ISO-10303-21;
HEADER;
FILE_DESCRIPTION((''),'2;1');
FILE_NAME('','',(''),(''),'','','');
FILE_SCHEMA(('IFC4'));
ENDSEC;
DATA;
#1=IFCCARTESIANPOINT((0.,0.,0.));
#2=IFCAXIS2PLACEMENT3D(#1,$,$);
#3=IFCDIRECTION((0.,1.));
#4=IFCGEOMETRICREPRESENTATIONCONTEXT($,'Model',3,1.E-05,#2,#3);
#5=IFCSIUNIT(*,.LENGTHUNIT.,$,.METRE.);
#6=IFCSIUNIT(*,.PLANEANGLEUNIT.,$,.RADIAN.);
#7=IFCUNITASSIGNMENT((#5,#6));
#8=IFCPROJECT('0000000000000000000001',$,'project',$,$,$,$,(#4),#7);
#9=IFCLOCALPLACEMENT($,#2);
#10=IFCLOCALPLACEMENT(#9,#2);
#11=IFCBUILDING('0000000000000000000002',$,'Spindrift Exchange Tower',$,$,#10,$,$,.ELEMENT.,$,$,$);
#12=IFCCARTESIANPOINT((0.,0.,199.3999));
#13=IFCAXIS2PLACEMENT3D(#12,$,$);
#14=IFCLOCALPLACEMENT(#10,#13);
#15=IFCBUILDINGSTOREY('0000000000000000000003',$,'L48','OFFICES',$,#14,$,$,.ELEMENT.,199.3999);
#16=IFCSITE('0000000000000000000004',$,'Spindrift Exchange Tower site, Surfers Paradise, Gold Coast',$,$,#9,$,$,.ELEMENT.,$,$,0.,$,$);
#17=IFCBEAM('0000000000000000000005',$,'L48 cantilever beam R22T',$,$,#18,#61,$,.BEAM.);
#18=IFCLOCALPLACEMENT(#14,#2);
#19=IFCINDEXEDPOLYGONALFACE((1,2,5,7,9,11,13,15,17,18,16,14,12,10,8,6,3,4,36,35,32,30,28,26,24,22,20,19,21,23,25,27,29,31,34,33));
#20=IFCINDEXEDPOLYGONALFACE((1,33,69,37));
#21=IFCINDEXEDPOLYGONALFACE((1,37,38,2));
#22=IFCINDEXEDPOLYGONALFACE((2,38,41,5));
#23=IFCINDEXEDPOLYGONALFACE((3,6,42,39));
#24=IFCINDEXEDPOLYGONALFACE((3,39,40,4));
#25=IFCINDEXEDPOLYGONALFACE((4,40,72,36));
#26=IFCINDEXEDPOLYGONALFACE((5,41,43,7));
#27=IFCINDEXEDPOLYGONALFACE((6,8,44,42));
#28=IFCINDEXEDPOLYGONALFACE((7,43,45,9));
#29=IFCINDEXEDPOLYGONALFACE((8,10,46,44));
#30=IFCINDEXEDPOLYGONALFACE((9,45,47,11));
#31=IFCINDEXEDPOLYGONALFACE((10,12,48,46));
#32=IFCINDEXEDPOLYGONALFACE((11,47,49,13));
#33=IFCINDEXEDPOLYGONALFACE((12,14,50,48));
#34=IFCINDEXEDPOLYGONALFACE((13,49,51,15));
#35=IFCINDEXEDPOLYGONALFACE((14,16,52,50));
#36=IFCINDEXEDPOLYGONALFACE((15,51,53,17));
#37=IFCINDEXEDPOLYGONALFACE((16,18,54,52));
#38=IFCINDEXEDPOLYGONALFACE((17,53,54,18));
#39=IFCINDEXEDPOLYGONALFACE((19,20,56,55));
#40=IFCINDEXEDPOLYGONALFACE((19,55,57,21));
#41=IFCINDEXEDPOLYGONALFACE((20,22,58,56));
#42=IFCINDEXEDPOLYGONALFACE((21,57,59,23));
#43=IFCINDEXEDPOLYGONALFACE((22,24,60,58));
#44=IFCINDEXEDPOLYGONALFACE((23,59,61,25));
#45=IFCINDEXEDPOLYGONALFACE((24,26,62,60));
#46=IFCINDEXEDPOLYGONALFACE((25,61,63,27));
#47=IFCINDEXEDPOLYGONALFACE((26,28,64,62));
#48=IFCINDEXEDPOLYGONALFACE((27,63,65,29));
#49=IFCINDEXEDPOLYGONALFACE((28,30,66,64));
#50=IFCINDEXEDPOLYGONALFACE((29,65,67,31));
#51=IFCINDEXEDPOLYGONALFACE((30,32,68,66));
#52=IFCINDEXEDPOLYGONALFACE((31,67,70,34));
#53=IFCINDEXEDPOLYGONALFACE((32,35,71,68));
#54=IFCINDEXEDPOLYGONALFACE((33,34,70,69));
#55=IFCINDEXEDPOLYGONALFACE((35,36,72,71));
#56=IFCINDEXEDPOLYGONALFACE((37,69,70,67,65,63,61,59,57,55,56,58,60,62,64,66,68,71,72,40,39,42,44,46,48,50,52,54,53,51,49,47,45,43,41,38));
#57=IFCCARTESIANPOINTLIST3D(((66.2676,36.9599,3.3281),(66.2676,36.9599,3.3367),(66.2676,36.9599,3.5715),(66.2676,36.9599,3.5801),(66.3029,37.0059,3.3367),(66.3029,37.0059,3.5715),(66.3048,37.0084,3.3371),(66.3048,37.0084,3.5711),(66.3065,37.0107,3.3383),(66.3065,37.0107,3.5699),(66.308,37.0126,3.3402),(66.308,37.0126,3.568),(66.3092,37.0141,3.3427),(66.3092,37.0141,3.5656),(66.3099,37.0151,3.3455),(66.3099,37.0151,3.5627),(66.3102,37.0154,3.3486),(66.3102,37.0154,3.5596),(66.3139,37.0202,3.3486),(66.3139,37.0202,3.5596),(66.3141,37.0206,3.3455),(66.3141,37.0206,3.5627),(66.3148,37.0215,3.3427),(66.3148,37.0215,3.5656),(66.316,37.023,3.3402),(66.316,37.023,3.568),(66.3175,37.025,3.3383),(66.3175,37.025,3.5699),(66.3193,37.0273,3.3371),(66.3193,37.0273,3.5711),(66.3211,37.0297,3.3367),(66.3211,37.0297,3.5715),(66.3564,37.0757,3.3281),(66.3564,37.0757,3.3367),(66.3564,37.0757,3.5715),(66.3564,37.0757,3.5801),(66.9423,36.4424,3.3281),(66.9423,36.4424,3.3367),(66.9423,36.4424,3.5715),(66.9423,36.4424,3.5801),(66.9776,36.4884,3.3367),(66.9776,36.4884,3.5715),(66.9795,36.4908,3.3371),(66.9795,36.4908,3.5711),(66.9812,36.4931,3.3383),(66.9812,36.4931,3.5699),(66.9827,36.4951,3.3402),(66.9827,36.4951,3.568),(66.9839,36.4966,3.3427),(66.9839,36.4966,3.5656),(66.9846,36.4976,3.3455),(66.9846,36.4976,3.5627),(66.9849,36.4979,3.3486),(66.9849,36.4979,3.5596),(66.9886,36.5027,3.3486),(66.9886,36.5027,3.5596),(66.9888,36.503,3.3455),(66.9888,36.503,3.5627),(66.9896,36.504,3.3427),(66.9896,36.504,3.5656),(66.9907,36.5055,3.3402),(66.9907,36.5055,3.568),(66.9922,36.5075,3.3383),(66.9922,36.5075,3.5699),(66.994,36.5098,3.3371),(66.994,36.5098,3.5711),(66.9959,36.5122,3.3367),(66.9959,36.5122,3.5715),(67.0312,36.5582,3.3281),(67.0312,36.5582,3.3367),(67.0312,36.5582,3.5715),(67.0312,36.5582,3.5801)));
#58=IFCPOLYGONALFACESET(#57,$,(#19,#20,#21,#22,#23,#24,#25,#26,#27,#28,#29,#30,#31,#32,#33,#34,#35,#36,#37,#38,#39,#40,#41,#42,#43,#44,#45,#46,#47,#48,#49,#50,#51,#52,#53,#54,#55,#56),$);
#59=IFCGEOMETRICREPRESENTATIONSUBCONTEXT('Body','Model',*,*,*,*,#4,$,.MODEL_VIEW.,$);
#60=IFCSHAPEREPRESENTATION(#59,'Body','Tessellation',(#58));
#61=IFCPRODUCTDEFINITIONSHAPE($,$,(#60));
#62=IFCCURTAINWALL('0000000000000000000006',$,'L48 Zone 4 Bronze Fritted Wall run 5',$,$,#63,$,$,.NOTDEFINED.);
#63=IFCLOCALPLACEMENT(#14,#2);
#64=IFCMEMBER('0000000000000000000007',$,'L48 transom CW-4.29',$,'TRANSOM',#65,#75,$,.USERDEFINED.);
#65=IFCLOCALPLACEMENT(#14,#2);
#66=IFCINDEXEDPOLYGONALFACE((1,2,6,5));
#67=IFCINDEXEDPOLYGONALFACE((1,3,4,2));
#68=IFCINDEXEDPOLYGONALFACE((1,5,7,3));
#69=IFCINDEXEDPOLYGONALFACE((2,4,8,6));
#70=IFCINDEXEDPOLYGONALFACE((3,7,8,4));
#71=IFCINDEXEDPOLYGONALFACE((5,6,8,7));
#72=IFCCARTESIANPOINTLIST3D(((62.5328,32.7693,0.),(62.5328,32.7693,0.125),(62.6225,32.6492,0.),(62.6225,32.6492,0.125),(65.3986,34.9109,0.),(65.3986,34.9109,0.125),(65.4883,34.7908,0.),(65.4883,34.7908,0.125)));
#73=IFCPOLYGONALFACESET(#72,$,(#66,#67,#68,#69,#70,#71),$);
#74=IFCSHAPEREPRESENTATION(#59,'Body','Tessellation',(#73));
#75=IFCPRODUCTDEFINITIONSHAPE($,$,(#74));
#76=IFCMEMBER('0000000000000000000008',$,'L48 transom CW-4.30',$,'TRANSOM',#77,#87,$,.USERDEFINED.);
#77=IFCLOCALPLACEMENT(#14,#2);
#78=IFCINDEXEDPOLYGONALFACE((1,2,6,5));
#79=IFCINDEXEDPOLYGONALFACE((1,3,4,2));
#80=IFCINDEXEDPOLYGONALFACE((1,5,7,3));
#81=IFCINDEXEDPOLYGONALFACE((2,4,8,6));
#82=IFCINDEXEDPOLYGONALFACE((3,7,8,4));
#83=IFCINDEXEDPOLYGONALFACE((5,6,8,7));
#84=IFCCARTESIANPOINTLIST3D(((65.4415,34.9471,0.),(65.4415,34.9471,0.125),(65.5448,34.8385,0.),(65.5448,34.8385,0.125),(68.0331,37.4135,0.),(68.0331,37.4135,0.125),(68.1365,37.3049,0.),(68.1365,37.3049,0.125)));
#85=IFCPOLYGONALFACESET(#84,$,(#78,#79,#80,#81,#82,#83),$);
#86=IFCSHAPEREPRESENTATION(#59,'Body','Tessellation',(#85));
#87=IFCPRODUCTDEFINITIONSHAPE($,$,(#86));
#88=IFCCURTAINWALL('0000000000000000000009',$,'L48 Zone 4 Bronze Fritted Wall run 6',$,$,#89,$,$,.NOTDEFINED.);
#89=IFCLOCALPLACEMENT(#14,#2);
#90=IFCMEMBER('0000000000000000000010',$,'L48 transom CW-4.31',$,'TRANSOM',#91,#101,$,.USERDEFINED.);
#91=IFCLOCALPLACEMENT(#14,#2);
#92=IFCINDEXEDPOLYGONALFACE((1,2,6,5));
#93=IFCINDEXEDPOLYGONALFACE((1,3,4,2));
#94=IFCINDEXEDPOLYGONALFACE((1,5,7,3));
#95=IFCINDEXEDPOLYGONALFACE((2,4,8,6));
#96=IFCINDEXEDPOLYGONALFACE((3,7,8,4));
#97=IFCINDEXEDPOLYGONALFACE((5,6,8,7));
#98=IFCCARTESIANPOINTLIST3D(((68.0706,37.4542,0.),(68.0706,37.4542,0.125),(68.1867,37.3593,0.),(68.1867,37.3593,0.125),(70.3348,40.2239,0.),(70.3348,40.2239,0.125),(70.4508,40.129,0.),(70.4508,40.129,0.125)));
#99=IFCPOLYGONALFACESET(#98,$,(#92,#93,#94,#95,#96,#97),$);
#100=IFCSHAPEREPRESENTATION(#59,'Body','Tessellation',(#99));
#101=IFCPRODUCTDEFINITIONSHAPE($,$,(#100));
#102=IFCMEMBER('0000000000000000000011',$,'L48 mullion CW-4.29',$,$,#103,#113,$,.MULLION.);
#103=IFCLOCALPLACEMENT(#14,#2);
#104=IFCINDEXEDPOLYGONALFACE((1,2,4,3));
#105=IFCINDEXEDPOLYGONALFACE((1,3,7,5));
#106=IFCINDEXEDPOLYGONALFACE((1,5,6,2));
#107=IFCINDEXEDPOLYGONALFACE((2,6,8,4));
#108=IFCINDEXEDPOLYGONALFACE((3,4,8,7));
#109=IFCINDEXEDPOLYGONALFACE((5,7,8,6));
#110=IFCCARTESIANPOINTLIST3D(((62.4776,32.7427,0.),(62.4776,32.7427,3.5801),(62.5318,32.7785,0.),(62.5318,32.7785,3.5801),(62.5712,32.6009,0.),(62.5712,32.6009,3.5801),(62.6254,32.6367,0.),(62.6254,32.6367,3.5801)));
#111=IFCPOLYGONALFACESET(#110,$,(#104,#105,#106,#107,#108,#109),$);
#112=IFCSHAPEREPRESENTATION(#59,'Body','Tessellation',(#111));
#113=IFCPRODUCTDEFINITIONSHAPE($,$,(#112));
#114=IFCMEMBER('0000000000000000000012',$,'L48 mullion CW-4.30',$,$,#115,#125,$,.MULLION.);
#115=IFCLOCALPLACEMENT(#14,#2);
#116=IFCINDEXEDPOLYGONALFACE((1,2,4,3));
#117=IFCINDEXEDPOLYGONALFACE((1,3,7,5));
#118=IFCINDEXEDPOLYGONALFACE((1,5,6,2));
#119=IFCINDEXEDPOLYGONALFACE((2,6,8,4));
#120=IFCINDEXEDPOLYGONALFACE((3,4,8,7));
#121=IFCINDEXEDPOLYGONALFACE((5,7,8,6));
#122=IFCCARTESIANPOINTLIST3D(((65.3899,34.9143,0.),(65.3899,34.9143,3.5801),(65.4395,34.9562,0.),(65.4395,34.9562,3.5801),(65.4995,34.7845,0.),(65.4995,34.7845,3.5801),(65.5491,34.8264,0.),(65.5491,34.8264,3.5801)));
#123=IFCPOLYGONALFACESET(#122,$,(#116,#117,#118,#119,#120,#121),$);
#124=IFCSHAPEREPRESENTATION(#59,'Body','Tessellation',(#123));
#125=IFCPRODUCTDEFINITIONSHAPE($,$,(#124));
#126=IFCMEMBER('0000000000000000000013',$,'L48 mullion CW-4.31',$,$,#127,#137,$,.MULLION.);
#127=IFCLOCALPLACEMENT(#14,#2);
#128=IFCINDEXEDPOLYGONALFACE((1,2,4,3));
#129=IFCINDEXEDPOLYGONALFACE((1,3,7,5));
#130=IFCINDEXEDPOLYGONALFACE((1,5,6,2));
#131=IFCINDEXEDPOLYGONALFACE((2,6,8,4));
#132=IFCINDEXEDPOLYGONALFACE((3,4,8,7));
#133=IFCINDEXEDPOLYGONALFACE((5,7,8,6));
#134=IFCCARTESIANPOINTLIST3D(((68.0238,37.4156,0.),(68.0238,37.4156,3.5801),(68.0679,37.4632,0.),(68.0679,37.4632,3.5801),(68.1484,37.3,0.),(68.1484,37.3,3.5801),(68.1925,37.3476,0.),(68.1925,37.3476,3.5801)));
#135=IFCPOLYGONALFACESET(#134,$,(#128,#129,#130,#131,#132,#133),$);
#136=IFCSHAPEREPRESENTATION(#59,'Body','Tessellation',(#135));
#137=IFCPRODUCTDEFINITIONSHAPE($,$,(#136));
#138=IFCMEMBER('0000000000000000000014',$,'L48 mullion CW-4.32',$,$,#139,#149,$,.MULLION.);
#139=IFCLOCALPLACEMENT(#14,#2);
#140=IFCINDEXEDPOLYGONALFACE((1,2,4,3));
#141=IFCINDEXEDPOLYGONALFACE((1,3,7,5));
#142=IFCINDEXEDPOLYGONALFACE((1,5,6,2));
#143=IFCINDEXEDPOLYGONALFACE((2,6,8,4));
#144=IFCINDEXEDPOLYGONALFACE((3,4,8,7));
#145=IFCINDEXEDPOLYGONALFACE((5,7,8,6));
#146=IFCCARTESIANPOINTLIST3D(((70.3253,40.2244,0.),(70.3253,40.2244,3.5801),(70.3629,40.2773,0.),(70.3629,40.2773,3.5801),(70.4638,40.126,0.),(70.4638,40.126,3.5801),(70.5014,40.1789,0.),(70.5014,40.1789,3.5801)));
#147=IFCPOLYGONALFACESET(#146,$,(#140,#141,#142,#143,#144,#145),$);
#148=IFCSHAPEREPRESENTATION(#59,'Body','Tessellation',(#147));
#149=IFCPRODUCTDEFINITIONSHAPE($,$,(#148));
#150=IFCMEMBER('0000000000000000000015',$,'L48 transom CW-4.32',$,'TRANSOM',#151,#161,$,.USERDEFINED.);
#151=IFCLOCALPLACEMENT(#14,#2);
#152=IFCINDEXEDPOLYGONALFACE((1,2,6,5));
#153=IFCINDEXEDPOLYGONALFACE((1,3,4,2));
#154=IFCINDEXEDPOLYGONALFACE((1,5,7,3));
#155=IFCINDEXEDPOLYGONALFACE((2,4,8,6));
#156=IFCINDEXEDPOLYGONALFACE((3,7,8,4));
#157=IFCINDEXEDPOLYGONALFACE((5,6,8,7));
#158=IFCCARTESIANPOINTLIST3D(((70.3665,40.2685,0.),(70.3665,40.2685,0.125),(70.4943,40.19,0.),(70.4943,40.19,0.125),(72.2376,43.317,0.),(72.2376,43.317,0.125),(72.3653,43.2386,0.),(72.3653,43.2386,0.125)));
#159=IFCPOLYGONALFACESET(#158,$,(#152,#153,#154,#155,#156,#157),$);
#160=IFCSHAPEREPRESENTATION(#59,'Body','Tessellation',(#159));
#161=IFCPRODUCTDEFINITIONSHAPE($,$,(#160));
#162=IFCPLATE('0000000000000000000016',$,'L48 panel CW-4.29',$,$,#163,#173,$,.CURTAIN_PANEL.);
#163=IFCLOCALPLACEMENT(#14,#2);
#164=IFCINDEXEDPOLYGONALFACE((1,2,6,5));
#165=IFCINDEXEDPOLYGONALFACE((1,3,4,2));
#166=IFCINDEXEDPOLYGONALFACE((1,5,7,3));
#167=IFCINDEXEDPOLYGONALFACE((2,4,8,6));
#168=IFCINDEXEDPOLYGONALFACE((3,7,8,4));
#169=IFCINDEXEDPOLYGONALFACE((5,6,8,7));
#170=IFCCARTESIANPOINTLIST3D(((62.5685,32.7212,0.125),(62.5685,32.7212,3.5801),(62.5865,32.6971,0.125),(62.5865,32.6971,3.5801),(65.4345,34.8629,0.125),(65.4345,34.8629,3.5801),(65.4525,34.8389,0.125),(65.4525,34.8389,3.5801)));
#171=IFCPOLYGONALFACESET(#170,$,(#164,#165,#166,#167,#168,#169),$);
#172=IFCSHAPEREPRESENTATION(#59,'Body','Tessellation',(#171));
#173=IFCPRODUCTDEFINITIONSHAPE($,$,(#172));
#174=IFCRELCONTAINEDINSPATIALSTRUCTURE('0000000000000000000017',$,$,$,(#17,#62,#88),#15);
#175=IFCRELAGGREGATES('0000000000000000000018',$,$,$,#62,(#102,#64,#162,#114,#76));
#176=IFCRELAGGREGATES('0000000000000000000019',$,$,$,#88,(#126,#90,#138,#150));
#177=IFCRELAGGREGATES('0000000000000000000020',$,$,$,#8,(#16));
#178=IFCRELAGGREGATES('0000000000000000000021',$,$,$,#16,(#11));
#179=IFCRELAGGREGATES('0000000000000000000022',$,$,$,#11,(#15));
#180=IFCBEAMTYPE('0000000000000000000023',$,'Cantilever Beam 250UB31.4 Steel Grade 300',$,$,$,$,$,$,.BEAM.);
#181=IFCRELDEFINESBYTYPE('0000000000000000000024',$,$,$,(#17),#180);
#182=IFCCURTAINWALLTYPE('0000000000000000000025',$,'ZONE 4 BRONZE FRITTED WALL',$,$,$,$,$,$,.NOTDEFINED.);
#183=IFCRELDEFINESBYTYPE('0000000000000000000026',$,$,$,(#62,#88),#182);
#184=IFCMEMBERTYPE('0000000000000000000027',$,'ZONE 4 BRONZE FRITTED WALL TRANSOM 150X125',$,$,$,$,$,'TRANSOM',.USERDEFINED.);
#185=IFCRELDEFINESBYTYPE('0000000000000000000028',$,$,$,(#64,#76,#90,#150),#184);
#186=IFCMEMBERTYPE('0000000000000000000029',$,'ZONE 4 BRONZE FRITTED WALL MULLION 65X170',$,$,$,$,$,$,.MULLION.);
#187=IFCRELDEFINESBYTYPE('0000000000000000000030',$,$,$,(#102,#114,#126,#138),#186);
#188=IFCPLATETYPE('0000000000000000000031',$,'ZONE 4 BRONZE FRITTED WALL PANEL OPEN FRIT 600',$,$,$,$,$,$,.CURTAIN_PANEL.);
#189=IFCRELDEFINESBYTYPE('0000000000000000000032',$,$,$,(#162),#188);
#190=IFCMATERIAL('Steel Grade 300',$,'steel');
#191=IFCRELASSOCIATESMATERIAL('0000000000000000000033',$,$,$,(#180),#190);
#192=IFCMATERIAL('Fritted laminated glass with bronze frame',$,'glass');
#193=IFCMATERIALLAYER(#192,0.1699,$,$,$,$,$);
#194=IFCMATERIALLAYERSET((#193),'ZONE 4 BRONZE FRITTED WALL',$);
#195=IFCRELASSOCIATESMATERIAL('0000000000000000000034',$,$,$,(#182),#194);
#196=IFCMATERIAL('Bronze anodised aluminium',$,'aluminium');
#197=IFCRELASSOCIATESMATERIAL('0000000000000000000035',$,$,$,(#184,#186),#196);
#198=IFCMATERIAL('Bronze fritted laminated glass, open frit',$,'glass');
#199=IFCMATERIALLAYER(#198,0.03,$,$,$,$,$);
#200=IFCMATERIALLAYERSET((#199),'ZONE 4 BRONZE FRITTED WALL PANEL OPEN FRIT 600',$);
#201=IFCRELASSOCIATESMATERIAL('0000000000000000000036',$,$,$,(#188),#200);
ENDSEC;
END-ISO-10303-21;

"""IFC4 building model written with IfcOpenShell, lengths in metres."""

from ifc_helpers import new_model, si_unit, direction, frame, origin, origin_2d, place, context, subcontext, project, spatial, rectangle, i_section, extrude, source, transform, mapped, material, layer, layer_set, material_profile, profile_set, type_object, element, aggregate, save


model = new_model("IFC4")

# Units and contexts
model_context = context("Model", 3, precision=1e-05, world=origin(), true_north=direction((0.0, 1.0)))
body_context = subcontext(model_context, "Body", "Model", "MODEL_VIEW")
ifc_project = project(units=[si_unit("LENGTHUNIT", "METRE"), si_unit("PLANEANGLEUNIT", "RADIAN")], contexts=[model_context])

# Site, building, storey
site_placement = place(None, origin())
site = spatial("IfcSite", under=ifc_project, at=site_placement, Name="Spindrift Exchange Tower site, Surfers Paradise, Gold Coast", CompositionType="ELEMENT", RefElevation=0.0)
building_placement = place(site_placement, origin())
building = spatial("IfcBuilding", under=site, at=building_placement, Name="Spindrift Exchange Tower", CompositionType="ELEMENT")
storey_placement = place(building_placement, frame((0.0, 0.0, 199.3999)))
storey = spatial("IfcBuildingStorey", under=building, at=storey_placement, Name="L48", Description="OFFICES", CompositionType="ELEMENT", Elevation=199.3999)

# Beam
ifc_material_1 = material(Name="Steel Grade 300", Category="steel")
ifc_material_profile_1 = material_profile(ifc_material_1, i_section(OverallWidth=0.146, OverallDepth=0.252, WebThickness=0.0061, FlangeThickness=0.0085, FilletRadius=0.012, at=origin_2d()), Name="250UB31.4")
ifc_profile_set_1 = profile_set([ifc_material_profile_1], Name="Steel Grade 300")
beam_type_1 = type_object("IfcBeamType", Name="Cantilever Beam 250UB31.4 Steel Grade 300", PredefinedType="BEAM", material=ifc_profile_set_1)
shared_shape_1 = source(origin(), body_context, "Body", "SweptSolid", [
    extrude(i_section(OverallWidth=0.146, OverallDepth=0.252, WebThickness=0.0061, FlangeThickness=0.0085, FilletRadius=0.012, at=origin_2d()), origin(), (0.0, 0.0, 1.0), 0.8503),
])
beam_1_placement = place(storey_placement, frame((66.312, 37.0178, 3.4541), z_axis=(0.793477, -0.6086, 0.0), x_axis=(0.6086, 0.793477, 0.0)))
element("IfcBeam", 1, at=beam_1_placement, inside=storey, type_object=beam_type_1, Name="L48 cantilever beam R22T", PredefinedType="BEAM", context=body_context, shape_type="MappedRepresentation", body=[
    mapped(shared_shape_1, transform((0.0, 0.0, 0.0), scale=1.0)),
])

# Curtain wall, members
ifc_material_2 = material(Name="Fritted laminated glass with bronze frame", Category="glass")
ifc_layer_1 = layer(ifc_material_2, 0.1699)
ifc_layer_set_1 = layer_set([ifc_layer_1], Name="ZONE 4 BRONZE FRITTED WALL")
curtain_wall_type = type_object("IfcCurtainWallType", Name="ZONE 4 BRONZE FRITTED WALL", PredefinedType="NOTDEFINED", material=ifc_layer_set_1)
curtain_wall_1_placement = place(storey_placement, origin())
curtain_wall_1 = element("IfcCurtainWall", 2, at=curtain_wall_1_placement, inside=storey, type_object=curtain_wall_type, Name="L48 Zone 4 Bronze Fritted Wall run 5", PredefinedType="NOTDEFINED")
ifc_material_3 = material(Name="Bronze anodised aluminium", Category="aluminium")
ifc_material_profile_2 = material_profile(ifc_material_3, rectangle(XDim=0.1499, YDim=0.125, at=origin_2d()), Name="ZONE 4 BRONZE FRITTED WALL TRANSOM 150X125")
ifc_profile_set_2 = profile_set([ifc_material_profile_2], Name="Bronze anodised aluminium")
member_type_1 = type_object("IfcMemberType", Name="ZONE 4 BRONZE FRITTED WALL TRANSOM 150X125", ElementType="TRANSOM", PredefinedType="USERDEFINED", material=ifc_profile_set_2)
shared_shape_2 = source(origin(), body_context, "Body", "SweptSolid", [
    extrude(rectangle(XDim=0.1499, YDim=0.125, at=origin_2d()), origin(), (0.0, 0.0, 1.0), 3.5776),
])
member_1_placement = place(storey_placement, frame((62.5776, 32.7092, 0.0625), z_axis=(0.801031, 0.598623, 0.0), x_axis=(-0.598623, 0.801031, 0.0)))
member_1 = element("IfcMember", 3, at=member_1_placement, type_object=member_type_1, Name="L48 transom CW-4.29", ObjectType="TRANSOM", PredefinedType="USERDEFINED", context=body_context, shape_type="MappedRepresentation", body=[
    mapped(shared_shape_2, transform((0.0, 0.0, 0.0), scale=1.0)),
])
member_2_placement = place(storey_placement, frame((65.4932, 34.8928, 0.0625), z_axis=(0.724394, 0.689386, 0.0), x_axis=(-0.689386, 0.724394, 0.0)))
member_2 = element("IfcMember", 4, at=member_2_placement, type_object=member_type_1, Name="L48 transom CW-4.30", ObjectType="TRANSOM", PredefinedType="USERDEFINED", context=body_context, shape_type="MappedRepresentation", body=[
    mapped(shared_shape_2, transform((0.0, 0.0, 0.0), scale=1.0)),
])

# Curtain wall, member
curtain_wall_2_placement = place(storey_placement, origin())
curtain_wall_2 = element("IfcCurtainWall", 5, at=curtain_wall_2_placement, inside=storey, type_object=curtain_wall_type, Name="L48 Zone 4 Bronze Fritted Wall run 6", PredefinedType="NOTDEFINED")
shared_shape_3 = source(origin(), body_context, "Body", "SweptSolid", [
    extrude(rectangle(XDim=0.1499, YDim=0.125, at=origin_2d()), origin(), (0.0, 0.0, 1.0), 3.5774),
])
member_3_placement = place(storey_placement, frame((68.1287, 37.4067, 0.0625), z_axis=(0.6329, 0.774234, 0.0), x_axis=(-0.774234, 0.6329, 0.0)))
member_3 = element("IfcMember", 6, at=member_3_placement, type_object=member_type_1, Name="L48 transom CW-4.31", ObjectType="TRANSOM", PredefinedType="USERDEFINED", context=body_context, shape_type="MappedRepresentation", body=[
    mapped(shared_shape_3, transform((0.0, 0.0, 0.0), scale=1.0)),
])

# Members
ifc_material_profile_3 = material_profile(ifc_material_3, rectangle(XDim=0.0649, YDim=0.1699, at=origin_2d()), Name="ZONE 4 BRONZE FRITTED WALL MULLION 65X170")
ifc_profile_set_3 = profile_set([ifc_material_profile_3], Name="Bronze anodised aluminium")
member_type_2 = type_object("IfcMemberType", Name="ZONE 4 BRONZE FRITTED WALL MULLION 65X170", PredefinedType="MULLION", material=ifc_profile_set_3)
shared_shape_4 = source(origin(), body_context, "Body", "SweptSolid", [
    extrude(rectangle(XDim=0.0649, YDim=0.1699, at=origin_2d()), origin(), (0.0, 0.0, 1.0), 3.5801),
])
member_4_placement = place(storey_placement, frame((62.5515, 32.6897, 0.0), z_axis=(0.0, 0.0, 1.0), x_axis=(0.834504, 0.551002, 0.0)))
member_4 = element("IfcMember", 7, at=member_4_placement, type_object=member_type_2, Name="L48 mullion CW-4.29", PredefinedType="MULLION", context=body_context, shape_type="MappedRepresentation", body=[
    mapped(shared_shape_4, transform((0.0, 0.0, 0.0), scale=1.0)),
])
member_5_placement = place(storey_placement, frame((65.4695, 34.8704, 0.0), z_axis=(0.0, 0.0, 1.0), x_axis=(0.764065, 0.645139, 0.0)))
member_5 = element("IfcMember", 8, at=member_5_placement, type_object=member_type_2, Name="L48 mullion CW-4.30", PredefinedType="MULLION", context=body_context, shape_type="MappedRepresentation", body=[
    mapped(shared_shape_4, transform((0.0, 0.0, 0.0), scale=1.0)),
])
member_6_placement = place(storey_placement, frame((68.1082, 37.3816, 0.0), z_axis=(0.0, 0.0, 1.0), x_axis=(0.679962, 0.733247, 0.0)))
member_6 = element("IfcMember", 9, at=member_6_placement, type_object=member_type_2, Name="L48 mullion CW-4.31", PredefinedType="MULLION", context=body_context, shape_type="MappedRepresentation", body=[
    mapped(shared_shape_4, transform((0.0, 0.0, 0.0), scale=1.0)),
])
member_7_placement = place(storey_placement, frame((70.4133, 40.2017, 0.0), z_axis=(0.0, 0.0, 1.0), x_axis=(0.579299, 0.815115, 0.0)))
member_7 = element("IfcMember", 10, at=member_7_placement, type_object=member_type_2, Name="L48 mullion CW-4.32", PredefinedType="MULLION", context=body_context, shape_type="MappedRepresentation", body=[
    mapped(shared_shape_4, transform((0.0, 0.0, 0.0), scale=1.0)),
])
shared_shape_5 = source(origin(), body_context, "Body", "SweptSolid", [
    extrude(rectangle(XDim=0.1499, YDim=0.125, at=origin_2d()), origin(), (0.0, 0.0, 1.0), 3.5769),
])
member_8_placement = place(storey_placement, frame((70.4304, 40.2292, 0.0625), z_axis=(0.523092, 0.852276, 0.0), x_axis=(-0.852276, 0.523092, 0.0)))
member_8 = element("IfcMember", 11, at=member_8_placement, type_object=member_type_1, Name="L48 transom CW-4.32", ObjectType="TRANSOM", PredefinedType="USERDEFINED", context=body_context, shape_type="MappedRepresentation", body=[
    mapped(shared_shape_5, transform((0.0, 0.0, 0.0), scale=1.0)),
])

# Plate
ifc_material_4 = material(Name="Bronze fritted laminated glass, open frit", Category="glass")
ifc_layer_2 = layer(ifc_material_4, 0.03)
ifc_layer_set_2 = layer_set([ifc_layer_2], Name="ZONE 4 BRONZE FRITTED WALL PANEL OPEN FRIT 600")
plate_type_1 = type_object("IfcPlateType", Name="ZONE 4 BRONZE FRITTED WALL PANEL OPEN FRIT 600", PredefinedType="CURTAIN_PANEL", material=ifc_layer_set_2)
shared_shape_6 = source(origin(), body_context, "Body", "SweptSolid", [
    extrude(rectangle(XDim=3.5779, YDim=0.03, at=origin_2d()), origin(), (0.0, 0.0, 1.0), 3.4551),
])
plate_1_placement = place(storey_placement, frame((64.0105, 33.78, 0.125), z_axis=(0.0, 0.0, 1.0), x_axis=(0.80104, 0.598611, 0.0)))
plate_1 = element("IfcPlate", 12, at=plate_1_placement, type_object=plate_type_1, Name="L48 panel CW-4.29", PredefinedType="CURTAIN_PANEL", context=body_context, shape_type="MappedRepresentation", body=[
    mapped(shared_shape_6, transform((0.0, 0.0, 0.0), scale=1.0)),
])
aggregate(curtain_wall_1, [member_4, member_1, plate_1, member_5, member_2])
aggregate(curtain_wall_2, [member_6, member_3, member_7, member_8])

save(model, "model.ifc")
